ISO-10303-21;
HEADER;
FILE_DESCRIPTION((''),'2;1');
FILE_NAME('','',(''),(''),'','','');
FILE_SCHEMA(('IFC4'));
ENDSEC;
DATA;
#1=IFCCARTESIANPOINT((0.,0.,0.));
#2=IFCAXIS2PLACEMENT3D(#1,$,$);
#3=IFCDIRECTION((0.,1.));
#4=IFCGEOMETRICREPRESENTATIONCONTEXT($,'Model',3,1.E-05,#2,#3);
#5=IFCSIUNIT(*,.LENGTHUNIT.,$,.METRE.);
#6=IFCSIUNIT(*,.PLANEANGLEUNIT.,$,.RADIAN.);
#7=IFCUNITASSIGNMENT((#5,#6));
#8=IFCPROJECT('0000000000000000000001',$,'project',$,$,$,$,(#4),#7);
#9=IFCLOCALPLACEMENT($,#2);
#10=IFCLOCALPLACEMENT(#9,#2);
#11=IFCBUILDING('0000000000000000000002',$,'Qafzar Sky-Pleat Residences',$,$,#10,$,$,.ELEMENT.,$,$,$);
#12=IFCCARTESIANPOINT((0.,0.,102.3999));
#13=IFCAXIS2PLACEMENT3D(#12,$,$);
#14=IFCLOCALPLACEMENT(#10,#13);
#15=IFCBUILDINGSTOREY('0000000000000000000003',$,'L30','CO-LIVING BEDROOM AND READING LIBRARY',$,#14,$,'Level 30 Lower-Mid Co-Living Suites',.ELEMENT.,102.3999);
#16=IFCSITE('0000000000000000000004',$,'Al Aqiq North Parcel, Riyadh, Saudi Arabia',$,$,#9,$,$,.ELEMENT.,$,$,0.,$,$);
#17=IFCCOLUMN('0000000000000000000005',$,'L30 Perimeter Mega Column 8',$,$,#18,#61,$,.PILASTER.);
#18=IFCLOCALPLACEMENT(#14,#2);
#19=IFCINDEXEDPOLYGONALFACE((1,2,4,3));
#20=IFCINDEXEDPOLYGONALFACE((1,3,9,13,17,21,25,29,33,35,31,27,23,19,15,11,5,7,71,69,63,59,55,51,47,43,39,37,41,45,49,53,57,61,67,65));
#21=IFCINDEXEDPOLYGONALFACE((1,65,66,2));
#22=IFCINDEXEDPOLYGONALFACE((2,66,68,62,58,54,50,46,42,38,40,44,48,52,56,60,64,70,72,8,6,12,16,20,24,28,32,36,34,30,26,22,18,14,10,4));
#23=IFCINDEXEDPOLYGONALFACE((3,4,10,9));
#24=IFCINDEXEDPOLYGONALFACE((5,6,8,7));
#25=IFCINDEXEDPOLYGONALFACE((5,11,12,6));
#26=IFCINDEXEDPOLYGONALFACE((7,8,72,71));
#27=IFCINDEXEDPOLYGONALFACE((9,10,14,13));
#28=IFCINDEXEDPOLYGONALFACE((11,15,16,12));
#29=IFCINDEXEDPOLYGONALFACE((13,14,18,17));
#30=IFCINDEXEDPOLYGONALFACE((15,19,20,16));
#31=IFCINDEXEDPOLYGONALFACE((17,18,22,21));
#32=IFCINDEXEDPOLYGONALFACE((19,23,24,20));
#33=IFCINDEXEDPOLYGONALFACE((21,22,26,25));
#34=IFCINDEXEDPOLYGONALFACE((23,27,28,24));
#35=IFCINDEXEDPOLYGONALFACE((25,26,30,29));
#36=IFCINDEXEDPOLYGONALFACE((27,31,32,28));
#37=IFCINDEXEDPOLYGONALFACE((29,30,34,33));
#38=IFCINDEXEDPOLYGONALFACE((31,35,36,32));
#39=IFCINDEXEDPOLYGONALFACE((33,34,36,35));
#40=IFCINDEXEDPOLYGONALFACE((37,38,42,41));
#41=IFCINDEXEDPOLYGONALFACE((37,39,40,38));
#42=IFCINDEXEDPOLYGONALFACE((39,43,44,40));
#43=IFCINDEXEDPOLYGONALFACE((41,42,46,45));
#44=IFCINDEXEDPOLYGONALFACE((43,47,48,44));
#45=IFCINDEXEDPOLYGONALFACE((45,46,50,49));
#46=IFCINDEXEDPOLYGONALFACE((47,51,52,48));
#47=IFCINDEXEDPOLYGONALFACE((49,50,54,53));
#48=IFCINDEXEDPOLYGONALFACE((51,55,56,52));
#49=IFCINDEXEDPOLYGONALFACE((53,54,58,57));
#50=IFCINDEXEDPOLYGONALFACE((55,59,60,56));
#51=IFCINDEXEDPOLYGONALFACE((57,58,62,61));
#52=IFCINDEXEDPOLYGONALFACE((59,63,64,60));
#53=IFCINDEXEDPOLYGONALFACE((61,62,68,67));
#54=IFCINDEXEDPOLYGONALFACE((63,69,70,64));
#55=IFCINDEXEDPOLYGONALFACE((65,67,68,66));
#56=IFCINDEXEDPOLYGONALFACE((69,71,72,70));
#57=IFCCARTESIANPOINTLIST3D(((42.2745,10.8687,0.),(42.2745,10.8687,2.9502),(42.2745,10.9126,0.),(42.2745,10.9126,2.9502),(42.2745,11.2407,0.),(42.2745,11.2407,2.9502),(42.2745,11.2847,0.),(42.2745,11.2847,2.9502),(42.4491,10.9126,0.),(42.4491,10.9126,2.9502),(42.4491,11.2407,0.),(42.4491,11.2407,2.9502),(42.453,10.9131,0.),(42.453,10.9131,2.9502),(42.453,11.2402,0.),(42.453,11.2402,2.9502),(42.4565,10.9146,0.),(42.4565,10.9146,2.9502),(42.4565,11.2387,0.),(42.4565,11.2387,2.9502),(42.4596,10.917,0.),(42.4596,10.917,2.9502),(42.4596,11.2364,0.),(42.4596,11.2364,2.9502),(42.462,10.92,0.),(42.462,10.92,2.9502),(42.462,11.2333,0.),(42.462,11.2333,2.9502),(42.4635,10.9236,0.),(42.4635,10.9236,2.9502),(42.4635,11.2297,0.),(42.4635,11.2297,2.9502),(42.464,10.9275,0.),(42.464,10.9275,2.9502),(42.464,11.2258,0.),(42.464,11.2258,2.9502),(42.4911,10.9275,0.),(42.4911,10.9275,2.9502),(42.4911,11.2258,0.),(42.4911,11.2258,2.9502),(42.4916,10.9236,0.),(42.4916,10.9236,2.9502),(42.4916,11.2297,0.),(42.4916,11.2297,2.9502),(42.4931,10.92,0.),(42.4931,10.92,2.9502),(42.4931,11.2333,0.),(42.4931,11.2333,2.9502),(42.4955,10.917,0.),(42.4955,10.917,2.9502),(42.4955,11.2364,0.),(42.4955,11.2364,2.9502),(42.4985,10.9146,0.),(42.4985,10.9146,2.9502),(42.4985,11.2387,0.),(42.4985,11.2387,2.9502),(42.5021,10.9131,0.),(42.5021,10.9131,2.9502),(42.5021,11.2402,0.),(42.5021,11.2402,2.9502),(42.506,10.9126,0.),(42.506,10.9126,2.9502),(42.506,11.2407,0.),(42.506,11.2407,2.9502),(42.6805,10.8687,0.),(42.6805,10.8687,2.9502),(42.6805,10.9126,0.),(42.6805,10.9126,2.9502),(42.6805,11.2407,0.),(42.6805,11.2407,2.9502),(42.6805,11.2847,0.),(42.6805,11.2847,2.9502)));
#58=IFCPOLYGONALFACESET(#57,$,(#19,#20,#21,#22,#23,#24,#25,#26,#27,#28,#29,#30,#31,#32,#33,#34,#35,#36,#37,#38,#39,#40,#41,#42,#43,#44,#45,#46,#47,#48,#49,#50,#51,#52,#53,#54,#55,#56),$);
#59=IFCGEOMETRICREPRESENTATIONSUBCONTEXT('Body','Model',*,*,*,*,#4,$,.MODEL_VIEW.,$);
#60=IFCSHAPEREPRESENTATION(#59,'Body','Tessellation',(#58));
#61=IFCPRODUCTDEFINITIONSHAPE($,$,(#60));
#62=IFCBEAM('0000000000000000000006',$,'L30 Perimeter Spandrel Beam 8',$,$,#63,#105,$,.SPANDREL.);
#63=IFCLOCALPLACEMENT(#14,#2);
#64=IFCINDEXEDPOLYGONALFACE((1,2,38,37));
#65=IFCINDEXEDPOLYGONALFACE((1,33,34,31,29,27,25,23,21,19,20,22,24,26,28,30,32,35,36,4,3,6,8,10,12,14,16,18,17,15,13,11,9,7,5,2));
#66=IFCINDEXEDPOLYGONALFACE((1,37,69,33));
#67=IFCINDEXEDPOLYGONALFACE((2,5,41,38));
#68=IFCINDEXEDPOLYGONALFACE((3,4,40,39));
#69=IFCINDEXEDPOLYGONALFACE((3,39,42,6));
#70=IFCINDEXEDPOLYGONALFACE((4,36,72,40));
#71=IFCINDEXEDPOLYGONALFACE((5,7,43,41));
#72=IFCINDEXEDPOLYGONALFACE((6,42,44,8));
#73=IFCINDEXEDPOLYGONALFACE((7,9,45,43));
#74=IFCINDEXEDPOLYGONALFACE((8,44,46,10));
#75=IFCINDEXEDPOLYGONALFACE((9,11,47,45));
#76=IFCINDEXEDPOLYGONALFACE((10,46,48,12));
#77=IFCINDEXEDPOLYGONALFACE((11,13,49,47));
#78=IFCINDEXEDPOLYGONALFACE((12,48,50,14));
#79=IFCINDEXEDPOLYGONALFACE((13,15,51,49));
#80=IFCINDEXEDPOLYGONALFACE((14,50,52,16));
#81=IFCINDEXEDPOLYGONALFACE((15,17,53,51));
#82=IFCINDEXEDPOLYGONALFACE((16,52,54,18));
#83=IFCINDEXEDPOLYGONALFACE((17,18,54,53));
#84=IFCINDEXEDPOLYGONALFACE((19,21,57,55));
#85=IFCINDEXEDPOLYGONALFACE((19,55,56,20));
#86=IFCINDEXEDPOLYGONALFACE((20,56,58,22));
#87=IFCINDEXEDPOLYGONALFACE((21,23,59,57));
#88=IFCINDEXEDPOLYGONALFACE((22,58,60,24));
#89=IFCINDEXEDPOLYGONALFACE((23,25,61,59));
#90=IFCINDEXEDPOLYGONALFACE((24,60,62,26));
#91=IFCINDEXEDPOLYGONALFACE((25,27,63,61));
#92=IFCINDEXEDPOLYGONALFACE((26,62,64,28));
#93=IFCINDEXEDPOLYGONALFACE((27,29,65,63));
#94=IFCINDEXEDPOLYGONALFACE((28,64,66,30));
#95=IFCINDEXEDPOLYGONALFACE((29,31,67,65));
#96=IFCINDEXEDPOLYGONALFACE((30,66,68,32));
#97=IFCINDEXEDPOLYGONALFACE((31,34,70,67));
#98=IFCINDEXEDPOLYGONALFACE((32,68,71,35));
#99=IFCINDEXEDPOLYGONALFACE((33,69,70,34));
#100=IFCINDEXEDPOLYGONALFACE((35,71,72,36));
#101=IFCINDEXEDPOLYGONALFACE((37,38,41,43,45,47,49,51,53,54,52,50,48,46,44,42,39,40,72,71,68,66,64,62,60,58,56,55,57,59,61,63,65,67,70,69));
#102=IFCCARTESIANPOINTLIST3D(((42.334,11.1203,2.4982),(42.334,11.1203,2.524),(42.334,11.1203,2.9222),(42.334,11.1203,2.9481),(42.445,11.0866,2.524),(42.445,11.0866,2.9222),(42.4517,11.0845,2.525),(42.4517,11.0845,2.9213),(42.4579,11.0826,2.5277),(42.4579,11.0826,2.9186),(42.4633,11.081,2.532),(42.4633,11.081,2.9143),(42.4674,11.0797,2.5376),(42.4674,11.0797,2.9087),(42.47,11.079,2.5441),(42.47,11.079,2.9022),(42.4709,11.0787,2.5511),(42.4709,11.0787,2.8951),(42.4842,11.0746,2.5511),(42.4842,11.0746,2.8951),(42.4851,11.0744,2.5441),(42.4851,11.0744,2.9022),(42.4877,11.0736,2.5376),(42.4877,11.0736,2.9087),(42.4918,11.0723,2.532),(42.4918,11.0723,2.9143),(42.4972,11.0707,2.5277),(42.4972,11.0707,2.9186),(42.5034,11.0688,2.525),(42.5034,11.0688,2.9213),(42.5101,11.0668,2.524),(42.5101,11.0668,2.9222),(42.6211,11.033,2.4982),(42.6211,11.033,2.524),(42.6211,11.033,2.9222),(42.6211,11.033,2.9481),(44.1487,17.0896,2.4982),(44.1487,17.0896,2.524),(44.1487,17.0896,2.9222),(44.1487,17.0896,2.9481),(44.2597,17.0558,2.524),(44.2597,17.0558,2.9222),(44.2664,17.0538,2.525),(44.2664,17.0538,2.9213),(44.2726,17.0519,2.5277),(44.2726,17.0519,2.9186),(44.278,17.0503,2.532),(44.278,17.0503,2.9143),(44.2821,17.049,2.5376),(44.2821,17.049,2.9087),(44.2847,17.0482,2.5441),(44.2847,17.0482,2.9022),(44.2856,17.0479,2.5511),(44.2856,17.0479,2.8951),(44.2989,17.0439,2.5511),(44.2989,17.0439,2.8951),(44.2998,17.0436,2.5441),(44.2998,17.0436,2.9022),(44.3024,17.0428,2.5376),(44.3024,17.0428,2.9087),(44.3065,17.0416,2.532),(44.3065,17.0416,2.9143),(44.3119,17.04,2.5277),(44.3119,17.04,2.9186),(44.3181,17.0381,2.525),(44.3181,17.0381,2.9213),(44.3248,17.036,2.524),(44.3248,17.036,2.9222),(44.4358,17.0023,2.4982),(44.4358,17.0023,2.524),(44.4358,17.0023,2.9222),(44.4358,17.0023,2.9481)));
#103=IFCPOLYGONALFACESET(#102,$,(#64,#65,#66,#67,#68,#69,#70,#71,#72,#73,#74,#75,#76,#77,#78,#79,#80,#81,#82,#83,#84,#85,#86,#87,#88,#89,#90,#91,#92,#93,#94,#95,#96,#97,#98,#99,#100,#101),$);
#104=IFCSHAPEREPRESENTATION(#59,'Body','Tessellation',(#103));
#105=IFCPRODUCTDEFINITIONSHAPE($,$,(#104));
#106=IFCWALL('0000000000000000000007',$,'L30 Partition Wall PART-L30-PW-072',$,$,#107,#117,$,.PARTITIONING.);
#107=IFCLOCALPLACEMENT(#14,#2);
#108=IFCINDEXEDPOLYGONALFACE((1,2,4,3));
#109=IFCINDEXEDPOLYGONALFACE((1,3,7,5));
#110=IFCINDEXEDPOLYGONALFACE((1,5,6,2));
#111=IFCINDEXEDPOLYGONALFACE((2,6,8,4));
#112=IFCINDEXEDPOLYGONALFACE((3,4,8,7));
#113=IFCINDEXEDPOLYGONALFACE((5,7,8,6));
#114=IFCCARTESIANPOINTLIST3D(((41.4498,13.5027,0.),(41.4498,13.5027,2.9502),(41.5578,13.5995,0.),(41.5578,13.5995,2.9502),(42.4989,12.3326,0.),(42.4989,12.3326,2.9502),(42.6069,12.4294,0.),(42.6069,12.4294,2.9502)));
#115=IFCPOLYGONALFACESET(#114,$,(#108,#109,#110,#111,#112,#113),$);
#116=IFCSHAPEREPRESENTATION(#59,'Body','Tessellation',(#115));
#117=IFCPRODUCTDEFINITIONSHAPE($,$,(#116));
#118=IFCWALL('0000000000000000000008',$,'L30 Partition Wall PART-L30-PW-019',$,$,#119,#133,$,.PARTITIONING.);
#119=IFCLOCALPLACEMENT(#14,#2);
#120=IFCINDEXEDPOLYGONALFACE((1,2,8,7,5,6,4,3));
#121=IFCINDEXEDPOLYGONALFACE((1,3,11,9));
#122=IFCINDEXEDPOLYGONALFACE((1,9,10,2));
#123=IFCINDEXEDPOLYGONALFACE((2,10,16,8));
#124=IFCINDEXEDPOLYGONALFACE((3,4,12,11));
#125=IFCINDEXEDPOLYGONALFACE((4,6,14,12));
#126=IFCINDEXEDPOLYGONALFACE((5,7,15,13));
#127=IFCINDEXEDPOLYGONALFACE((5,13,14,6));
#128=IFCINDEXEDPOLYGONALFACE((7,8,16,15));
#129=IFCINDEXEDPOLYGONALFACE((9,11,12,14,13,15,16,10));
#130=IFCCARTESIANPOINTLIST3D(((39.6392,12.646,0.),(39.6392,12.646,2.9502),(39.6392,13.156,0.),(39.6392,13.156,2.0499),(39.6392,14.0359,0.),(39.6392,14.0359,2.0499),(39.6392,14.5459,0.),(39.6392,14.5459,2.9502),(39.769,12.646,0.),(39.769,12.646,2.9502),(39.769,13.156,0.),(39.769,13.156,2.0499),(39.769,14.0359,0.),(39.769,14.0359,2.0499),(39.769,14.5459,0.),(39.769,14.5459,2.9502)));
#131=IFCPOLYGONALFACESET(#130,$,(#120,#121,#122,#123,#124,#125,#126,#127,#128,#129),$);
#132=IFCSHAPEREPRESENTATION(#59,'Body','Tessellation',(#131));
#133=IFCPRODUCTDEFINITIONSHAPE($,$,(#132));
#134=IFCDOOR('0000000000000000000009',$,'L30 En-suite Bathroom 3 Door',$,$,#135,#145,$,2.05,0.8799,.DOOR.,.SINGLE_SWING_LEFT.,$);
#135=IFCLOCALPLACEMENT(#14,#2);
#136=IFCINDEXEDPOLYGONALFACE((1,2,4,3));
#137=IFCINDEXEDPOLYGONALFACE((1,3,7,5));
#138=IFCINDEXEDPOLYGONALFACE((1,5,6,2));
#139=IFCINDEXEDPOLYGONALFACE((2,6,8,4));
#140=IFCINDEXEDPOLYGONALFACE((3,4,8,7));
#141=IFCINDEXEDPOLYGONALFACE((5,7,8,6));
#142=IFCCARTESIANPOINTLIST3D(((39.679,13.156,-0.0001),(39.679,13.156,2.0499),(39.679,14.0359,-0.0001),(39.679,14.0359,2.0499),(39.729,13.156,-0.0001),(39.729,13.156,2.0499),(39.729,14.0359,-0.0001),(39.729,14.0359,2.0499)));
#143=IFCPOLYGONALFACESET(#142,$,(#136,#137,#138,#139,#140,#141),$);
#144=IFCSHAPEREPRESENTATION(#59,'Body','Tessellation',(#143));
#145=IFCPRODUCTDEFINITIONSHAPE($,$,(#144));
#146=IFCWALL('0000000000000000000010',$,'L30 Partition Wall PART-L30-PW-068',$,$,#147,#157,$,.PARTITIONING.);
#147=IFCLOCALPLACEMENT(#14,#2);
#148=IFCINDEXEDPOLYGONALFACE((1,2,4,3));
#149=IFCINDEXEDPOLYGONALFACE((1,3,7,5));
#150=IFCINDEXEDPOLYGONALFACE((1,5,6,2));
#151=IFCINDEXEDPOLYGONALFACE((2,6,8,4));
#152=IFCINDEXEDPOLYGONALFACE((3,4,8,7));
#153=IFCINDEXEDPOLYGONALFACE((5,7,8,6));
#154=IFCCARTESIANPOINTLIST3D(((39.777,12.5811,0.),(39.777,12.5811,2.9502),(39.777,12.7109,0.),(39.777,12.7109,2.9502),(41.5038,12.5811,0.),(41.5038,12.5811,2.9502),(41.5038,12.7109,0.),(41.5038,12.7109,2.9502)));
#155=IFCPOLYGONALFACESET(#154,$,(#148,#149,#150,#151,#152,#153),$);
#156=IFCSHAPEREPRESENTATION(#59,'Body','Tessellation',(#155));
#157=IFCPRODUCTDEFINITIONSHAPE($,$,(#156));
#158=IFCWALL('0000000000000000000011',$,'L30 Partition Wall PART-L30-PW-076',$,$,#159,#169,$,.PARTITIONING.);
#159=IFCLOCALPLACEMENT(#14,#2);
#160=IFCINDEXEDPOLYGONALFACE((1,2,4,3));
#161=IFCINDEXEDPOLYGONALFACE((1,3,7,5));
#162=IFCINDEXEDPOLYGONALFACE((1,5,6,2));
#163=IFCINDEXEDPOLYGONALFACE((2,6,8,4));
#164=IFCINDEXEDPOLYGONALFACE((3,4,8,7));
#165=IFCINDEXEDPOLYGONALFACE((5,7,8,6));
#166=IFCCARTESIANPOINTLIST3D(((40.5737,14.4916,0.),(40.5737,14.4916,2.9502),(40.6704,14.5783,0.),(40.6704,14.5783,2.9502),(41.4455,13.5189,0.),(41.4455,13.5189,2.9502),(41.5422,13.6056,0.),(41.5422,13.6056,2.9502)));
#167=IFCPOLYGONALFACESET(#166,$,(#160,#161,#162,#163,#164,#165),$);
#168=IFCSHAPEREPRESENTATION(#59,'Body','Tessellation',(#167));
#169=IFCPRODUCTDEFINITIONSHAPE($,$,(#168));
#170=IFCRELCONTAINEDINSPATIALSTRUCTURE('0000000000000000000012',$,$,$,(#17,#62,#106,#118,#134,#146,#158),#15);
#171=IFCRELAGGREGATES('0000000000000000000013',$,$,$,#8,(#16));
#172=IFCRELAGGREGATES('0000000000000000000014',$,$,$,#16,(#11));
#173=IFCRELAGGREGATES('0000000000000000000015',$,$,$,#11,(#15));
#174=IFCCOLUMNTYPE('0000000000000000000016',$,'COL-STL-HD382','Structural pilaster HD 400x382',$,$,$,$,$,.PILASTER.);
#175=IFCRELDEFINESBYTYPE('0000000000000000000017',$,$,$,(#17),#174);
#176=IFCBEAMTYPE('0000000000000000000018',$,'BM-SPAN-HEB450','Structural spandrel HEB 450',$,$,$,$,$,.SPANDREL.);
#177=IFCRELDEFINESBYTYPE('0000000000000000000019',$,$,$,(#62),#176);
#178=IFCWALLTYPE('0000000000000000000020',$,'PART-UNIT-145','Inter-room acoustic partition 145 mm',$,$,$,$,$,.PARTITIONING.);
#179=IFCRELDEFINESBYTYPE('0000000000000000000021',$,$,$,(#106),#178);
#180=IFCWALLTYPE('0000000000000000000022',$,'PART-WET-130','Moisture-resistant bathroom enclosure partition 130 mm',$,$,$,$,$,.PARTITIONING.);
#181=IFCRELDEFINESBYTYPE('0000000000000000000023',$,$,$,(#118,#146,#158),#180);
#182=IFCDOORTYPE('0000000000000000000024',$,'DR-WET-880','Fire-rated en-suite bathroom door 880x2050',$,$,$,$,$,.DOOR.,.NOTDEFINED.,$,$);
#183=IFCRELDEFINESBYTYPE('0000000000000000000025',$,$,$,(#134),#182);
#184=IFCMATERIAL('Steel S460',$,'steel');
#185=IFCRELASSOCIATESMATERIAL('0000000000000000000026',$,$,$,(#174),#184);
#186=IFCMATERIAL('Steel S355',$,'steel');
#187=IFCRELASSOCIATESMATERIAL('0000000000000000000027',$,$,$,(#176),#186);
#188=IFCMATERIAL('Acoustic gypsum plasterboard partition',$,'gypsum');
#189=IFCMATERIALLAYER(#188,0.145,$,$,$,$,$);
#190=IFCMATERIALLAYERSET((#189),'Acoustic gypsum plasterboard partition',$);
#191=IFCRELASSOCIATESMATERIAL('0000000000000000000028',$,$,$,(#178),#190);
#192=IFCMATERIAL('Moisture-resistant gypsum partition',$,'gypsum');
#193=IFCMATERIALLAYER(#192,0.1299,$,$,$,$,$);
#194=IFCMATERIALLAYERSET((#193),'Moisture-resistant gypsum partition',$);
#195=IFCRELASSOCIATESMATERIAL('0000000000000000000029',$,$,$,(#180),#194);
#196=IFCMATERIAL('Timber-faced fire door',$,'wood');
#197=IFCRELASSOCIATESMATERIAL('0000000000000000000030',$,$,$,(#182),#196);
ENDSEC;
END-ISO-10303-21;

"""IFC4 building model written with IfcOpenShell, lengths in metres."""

from ifc_helpers import new_model, si_unit, direction, frame, frame_2d, origin, origin_2d, place, context, subcontext, project, spatial, rectangle, i_section, extrude, source, transform, mapped, material, layer, layer_set, material_profile, profile_set, type_object, element, fill, save


model = new_model("IFC4")

# Units and contexts
model_context = context("Model", 3, precision=1e-05, world=origin(), true_north=direction((0.0, 1.0)))
body_context = subcontext(model_context, "Body", "Model", "MODEL_VIEW")
ifc_project = project(units=[si_unit("LENGTHUNIT", "METRE"), si_unit("PLANEANGLEUNIT", "RADIAN")], contexts=[model_context])

# Site, building, storey
site_placement = place(None, origin())
site = spatial("IfcSite", under=ifc_project, at=site_placement, Name="Al Aqiq North Parcel, Riyadh, Saudi Arabia", CompositionType="ELEMENT", RefElevation=0.0)
building_placement = place(site_placement, origin())
building = spatial("IfcBuilding", under=site, at=building_placement, Name="Qafzar Sky-Pleat Residences", CompositionType="ELEMENT")
storey_placement = place(building_placement, frame((0.0, 0.0, 102.3999)))
storey = spatial("IfcBuildingStorey", under=building, at=storey_placement, Name="L30", Description="CO-LIVING BEDROOM AND READING LIBRARY", LongName="Level 30 Lower-Mid Co-Living Suites", CompositionType="ELEMENT", Elevation=102.3999)

# Column
ifc_material_1 = material(Name="Steel S460", Category="steel")
ifc_material_profile_1 = material_profile(ifc_material_1, i_section(OverallWidth=0.406, OverallDepth=0.416, WebThickness=0.0271, FlangeThickness=0.0439, FilletRadius=0.0149, at=origin_2d()), Name="HD 400x382")
ifc_profile_set_1 = profile_set([ifc_material_profile_1], Name="Steel S460")
column_type = type_object("IfcColumnType", Name="COL-STL-HD382", Description="Structural pilaster HD 400x382", PredefinedType="PILASTER", material=ifc_profile_set_1)
shared_shape_1 = source(origin(), body_context, "Body", "SweptSolid", [
    extrude(i_section(OverallWidth=0.406, OverallDepth=0.416, WebThickness=0.0271, FlangeThickness=0.0439, FilletRadius=0.0149, at=origin_2d()), origin(), (0.0, 0.0, 1.0), 2.9502),
])
column_placement = place(storey_placement, frame((42.4775, 11.0767, 0.0), z_axis=(0.0, 0.0, 1.0), x_axis=(1.0, 0.0, 0.0)))
element("IfcColumn", 1, at=column_placement, inside=storey, type_object=column_type, Name="L30 Perimeter Mega Column 8", PredefinedType="PILASTER", context=body_context, shape_type="MappedRepresentation", body=[
    mapped(shared_shape_1, transform((0.0, 0.0, 0.0), x_axis=(1.0, 0.0, 0.0), y_axis=(0.0, 1.0, 0.0), z_axis=(0.0, 0.0, 1.0), scale=1.0)),
])

# Beam
ifc_material_2 = material(Name="Steel S355", Category="steel")
ifc_material_profile_2 = material_profile(ifc_material_2, i_section(OverallWidth=0.3, OverallDepth=0.45, WebThickness=0.0139, FlangeThickness=0.0259, FilletRadius=0.0271, at=origin_2d()), Name="HEB 450")
ifc_profile_set_2 = profile_set([ifc_material_profile_2], Name="Steel S355")
beam_type = type_object("IfcBeamType", Name="BM-SPAN-HEB450", Description="Structural spandrel HEB 450", PredefinedType="SPANDREL", material=ifc_profile_set_2)
shared_shape_2 = source(origin(), body_context, "Body", "SweptSolid", [
    extrude(i_section(OverallWidth=0.3, OverallDepth=0.45, WebThickness=0.0139, FlangeThickness=0.0259, FilletRadius=0.0271, at=origin_2d()), origin(), (0.0, 0.0, 1.0), 6.239),
])
beam_placement = place(storey_placement, frame((42.4775, 11.0767, 2.7231), z_axis=(0.290864, 0.956764, 0.0), x_axis=(-0.956764, 0.290864, 0.0)))
element("IfcBeam", 2, at=beam_placement, inside=storey, type_object=beam_type, Name="L30 Perimeter Spandrel Beam 8", PredefinedType="SPANDREL", context=body_context, shape_type="MappedRepresentation", body=[
    mapped(shared_shape_2, transform((0.0, 0.0, 0.0), x_axis=(1.0, 0.0, 0.0), y_axis=(0.0, 1.0, 0.0), z_axis=(0.0, 0.0, 1.0), scale=1.0)),
])

# Wall
ifc_material_3 = material(Name="Acoustic gypsum plasterboard partition", Category="gypsum")
ifc_layer_1 = layer(ifc_material_3, 0.145)
ifc_layer_set_1 = layer_set([ifc_layer_1], Name="Acoustic gypsum plasterboard partition")
wall_type_1 = type_object("IfcWallType", Name="PART-UNIT-145", Description="Inter-room acoustic partition 145 mm", PredefinedType="PARTITIONING", material=ifc_layer_set_1)
wall_1_placement = place(storey_placement, frame((41.5039, 13.551, 0.0), z_axis=(0.0, 0.0, 1.0), x_axis=(0.66753, -0.744583, 0.0)))
element("IfcWall", 3, at=wall_1_placement, inside=storey, type_object=wall_type_1, Name="L30 Partition Wall PART-L30-PW-072", PredefinedType="PARTITIONING", context=body_context, shape_type="SweptSolid", body=[
    extrude(rectangle(XDim=1.5715, YDim=0.145, at=frame_2d((0.7856, 0.0))), origin(), (0.0, 0.0, 1.0), 2.9502),
])

# Wall, opening, door
ifc_material_4 = material(Name="Moisture-resistant gypsum partition", Category="gypsum")
ifc_layer_2 = layer(ifc_material_4, 0.1299)
ifc_layer_set_2 = layer_set([ifc_layer_2], Name="Moisture-resistant gypsum partition")
wall_type_2 = type_object("IfcWallType", Name="PART-WET-130", Description="Moisture-resistant bathroom enclosure partition 130 mm", PredefinedType="PARTITIONING", material=ifc_layer_set_2)
wall_2_placement = place(storey_placement, frame((39.7041, 14.5459, 0.0), z_axis=(0.0, 0.0, 1.0), x_axis=(0.0, -1.0, 0.0)))
wall_2 = element("IfcWall", 4, at=wall_2_placement, inside=storey, type_object=wall_type_2, Name="L30 Partition Wall PART-L30-PW-019", PredefinedType="PARTITIONING", context=body_context, shape_type="SweptSolid", body=[
    extrude(rectangle(XDim=1.8999, YDim=0.1299, at=frame_2d((0.95, 0.0))), origin(), (0.0, 0.0, 1.0), 2.9502),
])
opening_1_placement = place(wall_2_placement, frame((0.51, 0.0, 0.0)))
opening_1 = element("IfcOpeningElement", 5, at=opening_1_placement, cuts=wall_2, PredefinedType="OPENING", context=body_context, shape_type="SweptSolid", body=[
    extrude(rectangle(XDim=0.8799, YDim=2.05, at=frame_2d((0.4399, 1.0249))), frame((0.0, 0.075, 0.0), z_axis=(0.0, -1.0, 0.0), x_axis=(1.0, 0.0, 0.0)), (0.0, 0.0, 1.0), 0.1499),
])
ifc_material_5 = material(Name="Timber-faced fire door", Category="wood")
door_type_1 = type_object("IfcDoorType", Name="DR-WET-880", Description="Fire-rated en-suite bathroom door 880x2050", OperationType="NOTDEFINED", PredefinedType="DOOR", material=ifc_material_5)
shared_shape_3 = source(origin(), body_context, "Body", "SweptSolid", [
    extrude(rectangle(XDim=0.8799, YDim=2.05, at=frame_2d((0.4399, 1.0249))), frame((0.0, 0.0249, 0.0), z_axis=(0.0, -1.0, 0.0), x_axis=(1.0, 0.0, 0.0)), (0.0, 0.0, 1.0), 0.05),
])
door_1_placement = place(opening_1_placement, origin())
door_1 = element("IfcDoor", 6, at=door_1_placement, inside=storey, type_object=door_type_1, Name="L30 En-suite Bathroom 3 Door", OperationType="SINGLE_SWING_LEFT", OverallHeight=2.05, OverallWidth=0.8799, PredefinedType="DOOR", context=body_context, shape_type="MappedRepresentation", body=[
    mapped(shared_shape_3, transform((0.0, 0.0, 0.0), x_axis=(1.0, 0.0, 0.0), y_axis=(0.0, 1.0, 0.0), z_axis=(0.0, 0.0, 1.0), scale=1.0)),
])
fill(opening_1, door_1)

# Walls
wall_3_placement = place(storey_placement, frame((39.7771, 12.646, 0.0), z_axis=(0.0, 0.0, 1.0), x_axis=(1.0, 0.0, 0.0)))
element("IfcWall", 7, at=wall_3_placement, inside=storey, type_object=wall_type_2, Name="L30 Partition Wall PART-L30-PW-068", PredefinedType="PARTITIONING", context=body_context, shape_type="SweptSolid", body=[
    extrude(rectangle(XDim=1.7268, YDim=0.1299, at=frame_2d((0.8633, 0.0))), origin(), (0.0, 0.0, 1.0), 2.9502),
])
wall_4_placement = place(storey_placement, frame((40.6221, 14.5349, 0.0), z_axis=(0.0, 0.0, 1.0), x_axis=(0.667456, -0.74465, 0.0)))
element("IfcWall", 8, at=wall_4_placement, inside=storey, type_object=wall_type_2, Name="L30 Partition Wall PART-L30-PW-076", PredefinedType="PARTITIONING", context=body_context, shape_type="SweptSolid", body=[
    extrude(rectangle(XDim=1.3062, YDim=0.1299, at=frame_2d((0.6531, 0.0))), origin(), (0.0, 0.0, 1.0), 2.9502),
])

save(model, "model.ifc")
